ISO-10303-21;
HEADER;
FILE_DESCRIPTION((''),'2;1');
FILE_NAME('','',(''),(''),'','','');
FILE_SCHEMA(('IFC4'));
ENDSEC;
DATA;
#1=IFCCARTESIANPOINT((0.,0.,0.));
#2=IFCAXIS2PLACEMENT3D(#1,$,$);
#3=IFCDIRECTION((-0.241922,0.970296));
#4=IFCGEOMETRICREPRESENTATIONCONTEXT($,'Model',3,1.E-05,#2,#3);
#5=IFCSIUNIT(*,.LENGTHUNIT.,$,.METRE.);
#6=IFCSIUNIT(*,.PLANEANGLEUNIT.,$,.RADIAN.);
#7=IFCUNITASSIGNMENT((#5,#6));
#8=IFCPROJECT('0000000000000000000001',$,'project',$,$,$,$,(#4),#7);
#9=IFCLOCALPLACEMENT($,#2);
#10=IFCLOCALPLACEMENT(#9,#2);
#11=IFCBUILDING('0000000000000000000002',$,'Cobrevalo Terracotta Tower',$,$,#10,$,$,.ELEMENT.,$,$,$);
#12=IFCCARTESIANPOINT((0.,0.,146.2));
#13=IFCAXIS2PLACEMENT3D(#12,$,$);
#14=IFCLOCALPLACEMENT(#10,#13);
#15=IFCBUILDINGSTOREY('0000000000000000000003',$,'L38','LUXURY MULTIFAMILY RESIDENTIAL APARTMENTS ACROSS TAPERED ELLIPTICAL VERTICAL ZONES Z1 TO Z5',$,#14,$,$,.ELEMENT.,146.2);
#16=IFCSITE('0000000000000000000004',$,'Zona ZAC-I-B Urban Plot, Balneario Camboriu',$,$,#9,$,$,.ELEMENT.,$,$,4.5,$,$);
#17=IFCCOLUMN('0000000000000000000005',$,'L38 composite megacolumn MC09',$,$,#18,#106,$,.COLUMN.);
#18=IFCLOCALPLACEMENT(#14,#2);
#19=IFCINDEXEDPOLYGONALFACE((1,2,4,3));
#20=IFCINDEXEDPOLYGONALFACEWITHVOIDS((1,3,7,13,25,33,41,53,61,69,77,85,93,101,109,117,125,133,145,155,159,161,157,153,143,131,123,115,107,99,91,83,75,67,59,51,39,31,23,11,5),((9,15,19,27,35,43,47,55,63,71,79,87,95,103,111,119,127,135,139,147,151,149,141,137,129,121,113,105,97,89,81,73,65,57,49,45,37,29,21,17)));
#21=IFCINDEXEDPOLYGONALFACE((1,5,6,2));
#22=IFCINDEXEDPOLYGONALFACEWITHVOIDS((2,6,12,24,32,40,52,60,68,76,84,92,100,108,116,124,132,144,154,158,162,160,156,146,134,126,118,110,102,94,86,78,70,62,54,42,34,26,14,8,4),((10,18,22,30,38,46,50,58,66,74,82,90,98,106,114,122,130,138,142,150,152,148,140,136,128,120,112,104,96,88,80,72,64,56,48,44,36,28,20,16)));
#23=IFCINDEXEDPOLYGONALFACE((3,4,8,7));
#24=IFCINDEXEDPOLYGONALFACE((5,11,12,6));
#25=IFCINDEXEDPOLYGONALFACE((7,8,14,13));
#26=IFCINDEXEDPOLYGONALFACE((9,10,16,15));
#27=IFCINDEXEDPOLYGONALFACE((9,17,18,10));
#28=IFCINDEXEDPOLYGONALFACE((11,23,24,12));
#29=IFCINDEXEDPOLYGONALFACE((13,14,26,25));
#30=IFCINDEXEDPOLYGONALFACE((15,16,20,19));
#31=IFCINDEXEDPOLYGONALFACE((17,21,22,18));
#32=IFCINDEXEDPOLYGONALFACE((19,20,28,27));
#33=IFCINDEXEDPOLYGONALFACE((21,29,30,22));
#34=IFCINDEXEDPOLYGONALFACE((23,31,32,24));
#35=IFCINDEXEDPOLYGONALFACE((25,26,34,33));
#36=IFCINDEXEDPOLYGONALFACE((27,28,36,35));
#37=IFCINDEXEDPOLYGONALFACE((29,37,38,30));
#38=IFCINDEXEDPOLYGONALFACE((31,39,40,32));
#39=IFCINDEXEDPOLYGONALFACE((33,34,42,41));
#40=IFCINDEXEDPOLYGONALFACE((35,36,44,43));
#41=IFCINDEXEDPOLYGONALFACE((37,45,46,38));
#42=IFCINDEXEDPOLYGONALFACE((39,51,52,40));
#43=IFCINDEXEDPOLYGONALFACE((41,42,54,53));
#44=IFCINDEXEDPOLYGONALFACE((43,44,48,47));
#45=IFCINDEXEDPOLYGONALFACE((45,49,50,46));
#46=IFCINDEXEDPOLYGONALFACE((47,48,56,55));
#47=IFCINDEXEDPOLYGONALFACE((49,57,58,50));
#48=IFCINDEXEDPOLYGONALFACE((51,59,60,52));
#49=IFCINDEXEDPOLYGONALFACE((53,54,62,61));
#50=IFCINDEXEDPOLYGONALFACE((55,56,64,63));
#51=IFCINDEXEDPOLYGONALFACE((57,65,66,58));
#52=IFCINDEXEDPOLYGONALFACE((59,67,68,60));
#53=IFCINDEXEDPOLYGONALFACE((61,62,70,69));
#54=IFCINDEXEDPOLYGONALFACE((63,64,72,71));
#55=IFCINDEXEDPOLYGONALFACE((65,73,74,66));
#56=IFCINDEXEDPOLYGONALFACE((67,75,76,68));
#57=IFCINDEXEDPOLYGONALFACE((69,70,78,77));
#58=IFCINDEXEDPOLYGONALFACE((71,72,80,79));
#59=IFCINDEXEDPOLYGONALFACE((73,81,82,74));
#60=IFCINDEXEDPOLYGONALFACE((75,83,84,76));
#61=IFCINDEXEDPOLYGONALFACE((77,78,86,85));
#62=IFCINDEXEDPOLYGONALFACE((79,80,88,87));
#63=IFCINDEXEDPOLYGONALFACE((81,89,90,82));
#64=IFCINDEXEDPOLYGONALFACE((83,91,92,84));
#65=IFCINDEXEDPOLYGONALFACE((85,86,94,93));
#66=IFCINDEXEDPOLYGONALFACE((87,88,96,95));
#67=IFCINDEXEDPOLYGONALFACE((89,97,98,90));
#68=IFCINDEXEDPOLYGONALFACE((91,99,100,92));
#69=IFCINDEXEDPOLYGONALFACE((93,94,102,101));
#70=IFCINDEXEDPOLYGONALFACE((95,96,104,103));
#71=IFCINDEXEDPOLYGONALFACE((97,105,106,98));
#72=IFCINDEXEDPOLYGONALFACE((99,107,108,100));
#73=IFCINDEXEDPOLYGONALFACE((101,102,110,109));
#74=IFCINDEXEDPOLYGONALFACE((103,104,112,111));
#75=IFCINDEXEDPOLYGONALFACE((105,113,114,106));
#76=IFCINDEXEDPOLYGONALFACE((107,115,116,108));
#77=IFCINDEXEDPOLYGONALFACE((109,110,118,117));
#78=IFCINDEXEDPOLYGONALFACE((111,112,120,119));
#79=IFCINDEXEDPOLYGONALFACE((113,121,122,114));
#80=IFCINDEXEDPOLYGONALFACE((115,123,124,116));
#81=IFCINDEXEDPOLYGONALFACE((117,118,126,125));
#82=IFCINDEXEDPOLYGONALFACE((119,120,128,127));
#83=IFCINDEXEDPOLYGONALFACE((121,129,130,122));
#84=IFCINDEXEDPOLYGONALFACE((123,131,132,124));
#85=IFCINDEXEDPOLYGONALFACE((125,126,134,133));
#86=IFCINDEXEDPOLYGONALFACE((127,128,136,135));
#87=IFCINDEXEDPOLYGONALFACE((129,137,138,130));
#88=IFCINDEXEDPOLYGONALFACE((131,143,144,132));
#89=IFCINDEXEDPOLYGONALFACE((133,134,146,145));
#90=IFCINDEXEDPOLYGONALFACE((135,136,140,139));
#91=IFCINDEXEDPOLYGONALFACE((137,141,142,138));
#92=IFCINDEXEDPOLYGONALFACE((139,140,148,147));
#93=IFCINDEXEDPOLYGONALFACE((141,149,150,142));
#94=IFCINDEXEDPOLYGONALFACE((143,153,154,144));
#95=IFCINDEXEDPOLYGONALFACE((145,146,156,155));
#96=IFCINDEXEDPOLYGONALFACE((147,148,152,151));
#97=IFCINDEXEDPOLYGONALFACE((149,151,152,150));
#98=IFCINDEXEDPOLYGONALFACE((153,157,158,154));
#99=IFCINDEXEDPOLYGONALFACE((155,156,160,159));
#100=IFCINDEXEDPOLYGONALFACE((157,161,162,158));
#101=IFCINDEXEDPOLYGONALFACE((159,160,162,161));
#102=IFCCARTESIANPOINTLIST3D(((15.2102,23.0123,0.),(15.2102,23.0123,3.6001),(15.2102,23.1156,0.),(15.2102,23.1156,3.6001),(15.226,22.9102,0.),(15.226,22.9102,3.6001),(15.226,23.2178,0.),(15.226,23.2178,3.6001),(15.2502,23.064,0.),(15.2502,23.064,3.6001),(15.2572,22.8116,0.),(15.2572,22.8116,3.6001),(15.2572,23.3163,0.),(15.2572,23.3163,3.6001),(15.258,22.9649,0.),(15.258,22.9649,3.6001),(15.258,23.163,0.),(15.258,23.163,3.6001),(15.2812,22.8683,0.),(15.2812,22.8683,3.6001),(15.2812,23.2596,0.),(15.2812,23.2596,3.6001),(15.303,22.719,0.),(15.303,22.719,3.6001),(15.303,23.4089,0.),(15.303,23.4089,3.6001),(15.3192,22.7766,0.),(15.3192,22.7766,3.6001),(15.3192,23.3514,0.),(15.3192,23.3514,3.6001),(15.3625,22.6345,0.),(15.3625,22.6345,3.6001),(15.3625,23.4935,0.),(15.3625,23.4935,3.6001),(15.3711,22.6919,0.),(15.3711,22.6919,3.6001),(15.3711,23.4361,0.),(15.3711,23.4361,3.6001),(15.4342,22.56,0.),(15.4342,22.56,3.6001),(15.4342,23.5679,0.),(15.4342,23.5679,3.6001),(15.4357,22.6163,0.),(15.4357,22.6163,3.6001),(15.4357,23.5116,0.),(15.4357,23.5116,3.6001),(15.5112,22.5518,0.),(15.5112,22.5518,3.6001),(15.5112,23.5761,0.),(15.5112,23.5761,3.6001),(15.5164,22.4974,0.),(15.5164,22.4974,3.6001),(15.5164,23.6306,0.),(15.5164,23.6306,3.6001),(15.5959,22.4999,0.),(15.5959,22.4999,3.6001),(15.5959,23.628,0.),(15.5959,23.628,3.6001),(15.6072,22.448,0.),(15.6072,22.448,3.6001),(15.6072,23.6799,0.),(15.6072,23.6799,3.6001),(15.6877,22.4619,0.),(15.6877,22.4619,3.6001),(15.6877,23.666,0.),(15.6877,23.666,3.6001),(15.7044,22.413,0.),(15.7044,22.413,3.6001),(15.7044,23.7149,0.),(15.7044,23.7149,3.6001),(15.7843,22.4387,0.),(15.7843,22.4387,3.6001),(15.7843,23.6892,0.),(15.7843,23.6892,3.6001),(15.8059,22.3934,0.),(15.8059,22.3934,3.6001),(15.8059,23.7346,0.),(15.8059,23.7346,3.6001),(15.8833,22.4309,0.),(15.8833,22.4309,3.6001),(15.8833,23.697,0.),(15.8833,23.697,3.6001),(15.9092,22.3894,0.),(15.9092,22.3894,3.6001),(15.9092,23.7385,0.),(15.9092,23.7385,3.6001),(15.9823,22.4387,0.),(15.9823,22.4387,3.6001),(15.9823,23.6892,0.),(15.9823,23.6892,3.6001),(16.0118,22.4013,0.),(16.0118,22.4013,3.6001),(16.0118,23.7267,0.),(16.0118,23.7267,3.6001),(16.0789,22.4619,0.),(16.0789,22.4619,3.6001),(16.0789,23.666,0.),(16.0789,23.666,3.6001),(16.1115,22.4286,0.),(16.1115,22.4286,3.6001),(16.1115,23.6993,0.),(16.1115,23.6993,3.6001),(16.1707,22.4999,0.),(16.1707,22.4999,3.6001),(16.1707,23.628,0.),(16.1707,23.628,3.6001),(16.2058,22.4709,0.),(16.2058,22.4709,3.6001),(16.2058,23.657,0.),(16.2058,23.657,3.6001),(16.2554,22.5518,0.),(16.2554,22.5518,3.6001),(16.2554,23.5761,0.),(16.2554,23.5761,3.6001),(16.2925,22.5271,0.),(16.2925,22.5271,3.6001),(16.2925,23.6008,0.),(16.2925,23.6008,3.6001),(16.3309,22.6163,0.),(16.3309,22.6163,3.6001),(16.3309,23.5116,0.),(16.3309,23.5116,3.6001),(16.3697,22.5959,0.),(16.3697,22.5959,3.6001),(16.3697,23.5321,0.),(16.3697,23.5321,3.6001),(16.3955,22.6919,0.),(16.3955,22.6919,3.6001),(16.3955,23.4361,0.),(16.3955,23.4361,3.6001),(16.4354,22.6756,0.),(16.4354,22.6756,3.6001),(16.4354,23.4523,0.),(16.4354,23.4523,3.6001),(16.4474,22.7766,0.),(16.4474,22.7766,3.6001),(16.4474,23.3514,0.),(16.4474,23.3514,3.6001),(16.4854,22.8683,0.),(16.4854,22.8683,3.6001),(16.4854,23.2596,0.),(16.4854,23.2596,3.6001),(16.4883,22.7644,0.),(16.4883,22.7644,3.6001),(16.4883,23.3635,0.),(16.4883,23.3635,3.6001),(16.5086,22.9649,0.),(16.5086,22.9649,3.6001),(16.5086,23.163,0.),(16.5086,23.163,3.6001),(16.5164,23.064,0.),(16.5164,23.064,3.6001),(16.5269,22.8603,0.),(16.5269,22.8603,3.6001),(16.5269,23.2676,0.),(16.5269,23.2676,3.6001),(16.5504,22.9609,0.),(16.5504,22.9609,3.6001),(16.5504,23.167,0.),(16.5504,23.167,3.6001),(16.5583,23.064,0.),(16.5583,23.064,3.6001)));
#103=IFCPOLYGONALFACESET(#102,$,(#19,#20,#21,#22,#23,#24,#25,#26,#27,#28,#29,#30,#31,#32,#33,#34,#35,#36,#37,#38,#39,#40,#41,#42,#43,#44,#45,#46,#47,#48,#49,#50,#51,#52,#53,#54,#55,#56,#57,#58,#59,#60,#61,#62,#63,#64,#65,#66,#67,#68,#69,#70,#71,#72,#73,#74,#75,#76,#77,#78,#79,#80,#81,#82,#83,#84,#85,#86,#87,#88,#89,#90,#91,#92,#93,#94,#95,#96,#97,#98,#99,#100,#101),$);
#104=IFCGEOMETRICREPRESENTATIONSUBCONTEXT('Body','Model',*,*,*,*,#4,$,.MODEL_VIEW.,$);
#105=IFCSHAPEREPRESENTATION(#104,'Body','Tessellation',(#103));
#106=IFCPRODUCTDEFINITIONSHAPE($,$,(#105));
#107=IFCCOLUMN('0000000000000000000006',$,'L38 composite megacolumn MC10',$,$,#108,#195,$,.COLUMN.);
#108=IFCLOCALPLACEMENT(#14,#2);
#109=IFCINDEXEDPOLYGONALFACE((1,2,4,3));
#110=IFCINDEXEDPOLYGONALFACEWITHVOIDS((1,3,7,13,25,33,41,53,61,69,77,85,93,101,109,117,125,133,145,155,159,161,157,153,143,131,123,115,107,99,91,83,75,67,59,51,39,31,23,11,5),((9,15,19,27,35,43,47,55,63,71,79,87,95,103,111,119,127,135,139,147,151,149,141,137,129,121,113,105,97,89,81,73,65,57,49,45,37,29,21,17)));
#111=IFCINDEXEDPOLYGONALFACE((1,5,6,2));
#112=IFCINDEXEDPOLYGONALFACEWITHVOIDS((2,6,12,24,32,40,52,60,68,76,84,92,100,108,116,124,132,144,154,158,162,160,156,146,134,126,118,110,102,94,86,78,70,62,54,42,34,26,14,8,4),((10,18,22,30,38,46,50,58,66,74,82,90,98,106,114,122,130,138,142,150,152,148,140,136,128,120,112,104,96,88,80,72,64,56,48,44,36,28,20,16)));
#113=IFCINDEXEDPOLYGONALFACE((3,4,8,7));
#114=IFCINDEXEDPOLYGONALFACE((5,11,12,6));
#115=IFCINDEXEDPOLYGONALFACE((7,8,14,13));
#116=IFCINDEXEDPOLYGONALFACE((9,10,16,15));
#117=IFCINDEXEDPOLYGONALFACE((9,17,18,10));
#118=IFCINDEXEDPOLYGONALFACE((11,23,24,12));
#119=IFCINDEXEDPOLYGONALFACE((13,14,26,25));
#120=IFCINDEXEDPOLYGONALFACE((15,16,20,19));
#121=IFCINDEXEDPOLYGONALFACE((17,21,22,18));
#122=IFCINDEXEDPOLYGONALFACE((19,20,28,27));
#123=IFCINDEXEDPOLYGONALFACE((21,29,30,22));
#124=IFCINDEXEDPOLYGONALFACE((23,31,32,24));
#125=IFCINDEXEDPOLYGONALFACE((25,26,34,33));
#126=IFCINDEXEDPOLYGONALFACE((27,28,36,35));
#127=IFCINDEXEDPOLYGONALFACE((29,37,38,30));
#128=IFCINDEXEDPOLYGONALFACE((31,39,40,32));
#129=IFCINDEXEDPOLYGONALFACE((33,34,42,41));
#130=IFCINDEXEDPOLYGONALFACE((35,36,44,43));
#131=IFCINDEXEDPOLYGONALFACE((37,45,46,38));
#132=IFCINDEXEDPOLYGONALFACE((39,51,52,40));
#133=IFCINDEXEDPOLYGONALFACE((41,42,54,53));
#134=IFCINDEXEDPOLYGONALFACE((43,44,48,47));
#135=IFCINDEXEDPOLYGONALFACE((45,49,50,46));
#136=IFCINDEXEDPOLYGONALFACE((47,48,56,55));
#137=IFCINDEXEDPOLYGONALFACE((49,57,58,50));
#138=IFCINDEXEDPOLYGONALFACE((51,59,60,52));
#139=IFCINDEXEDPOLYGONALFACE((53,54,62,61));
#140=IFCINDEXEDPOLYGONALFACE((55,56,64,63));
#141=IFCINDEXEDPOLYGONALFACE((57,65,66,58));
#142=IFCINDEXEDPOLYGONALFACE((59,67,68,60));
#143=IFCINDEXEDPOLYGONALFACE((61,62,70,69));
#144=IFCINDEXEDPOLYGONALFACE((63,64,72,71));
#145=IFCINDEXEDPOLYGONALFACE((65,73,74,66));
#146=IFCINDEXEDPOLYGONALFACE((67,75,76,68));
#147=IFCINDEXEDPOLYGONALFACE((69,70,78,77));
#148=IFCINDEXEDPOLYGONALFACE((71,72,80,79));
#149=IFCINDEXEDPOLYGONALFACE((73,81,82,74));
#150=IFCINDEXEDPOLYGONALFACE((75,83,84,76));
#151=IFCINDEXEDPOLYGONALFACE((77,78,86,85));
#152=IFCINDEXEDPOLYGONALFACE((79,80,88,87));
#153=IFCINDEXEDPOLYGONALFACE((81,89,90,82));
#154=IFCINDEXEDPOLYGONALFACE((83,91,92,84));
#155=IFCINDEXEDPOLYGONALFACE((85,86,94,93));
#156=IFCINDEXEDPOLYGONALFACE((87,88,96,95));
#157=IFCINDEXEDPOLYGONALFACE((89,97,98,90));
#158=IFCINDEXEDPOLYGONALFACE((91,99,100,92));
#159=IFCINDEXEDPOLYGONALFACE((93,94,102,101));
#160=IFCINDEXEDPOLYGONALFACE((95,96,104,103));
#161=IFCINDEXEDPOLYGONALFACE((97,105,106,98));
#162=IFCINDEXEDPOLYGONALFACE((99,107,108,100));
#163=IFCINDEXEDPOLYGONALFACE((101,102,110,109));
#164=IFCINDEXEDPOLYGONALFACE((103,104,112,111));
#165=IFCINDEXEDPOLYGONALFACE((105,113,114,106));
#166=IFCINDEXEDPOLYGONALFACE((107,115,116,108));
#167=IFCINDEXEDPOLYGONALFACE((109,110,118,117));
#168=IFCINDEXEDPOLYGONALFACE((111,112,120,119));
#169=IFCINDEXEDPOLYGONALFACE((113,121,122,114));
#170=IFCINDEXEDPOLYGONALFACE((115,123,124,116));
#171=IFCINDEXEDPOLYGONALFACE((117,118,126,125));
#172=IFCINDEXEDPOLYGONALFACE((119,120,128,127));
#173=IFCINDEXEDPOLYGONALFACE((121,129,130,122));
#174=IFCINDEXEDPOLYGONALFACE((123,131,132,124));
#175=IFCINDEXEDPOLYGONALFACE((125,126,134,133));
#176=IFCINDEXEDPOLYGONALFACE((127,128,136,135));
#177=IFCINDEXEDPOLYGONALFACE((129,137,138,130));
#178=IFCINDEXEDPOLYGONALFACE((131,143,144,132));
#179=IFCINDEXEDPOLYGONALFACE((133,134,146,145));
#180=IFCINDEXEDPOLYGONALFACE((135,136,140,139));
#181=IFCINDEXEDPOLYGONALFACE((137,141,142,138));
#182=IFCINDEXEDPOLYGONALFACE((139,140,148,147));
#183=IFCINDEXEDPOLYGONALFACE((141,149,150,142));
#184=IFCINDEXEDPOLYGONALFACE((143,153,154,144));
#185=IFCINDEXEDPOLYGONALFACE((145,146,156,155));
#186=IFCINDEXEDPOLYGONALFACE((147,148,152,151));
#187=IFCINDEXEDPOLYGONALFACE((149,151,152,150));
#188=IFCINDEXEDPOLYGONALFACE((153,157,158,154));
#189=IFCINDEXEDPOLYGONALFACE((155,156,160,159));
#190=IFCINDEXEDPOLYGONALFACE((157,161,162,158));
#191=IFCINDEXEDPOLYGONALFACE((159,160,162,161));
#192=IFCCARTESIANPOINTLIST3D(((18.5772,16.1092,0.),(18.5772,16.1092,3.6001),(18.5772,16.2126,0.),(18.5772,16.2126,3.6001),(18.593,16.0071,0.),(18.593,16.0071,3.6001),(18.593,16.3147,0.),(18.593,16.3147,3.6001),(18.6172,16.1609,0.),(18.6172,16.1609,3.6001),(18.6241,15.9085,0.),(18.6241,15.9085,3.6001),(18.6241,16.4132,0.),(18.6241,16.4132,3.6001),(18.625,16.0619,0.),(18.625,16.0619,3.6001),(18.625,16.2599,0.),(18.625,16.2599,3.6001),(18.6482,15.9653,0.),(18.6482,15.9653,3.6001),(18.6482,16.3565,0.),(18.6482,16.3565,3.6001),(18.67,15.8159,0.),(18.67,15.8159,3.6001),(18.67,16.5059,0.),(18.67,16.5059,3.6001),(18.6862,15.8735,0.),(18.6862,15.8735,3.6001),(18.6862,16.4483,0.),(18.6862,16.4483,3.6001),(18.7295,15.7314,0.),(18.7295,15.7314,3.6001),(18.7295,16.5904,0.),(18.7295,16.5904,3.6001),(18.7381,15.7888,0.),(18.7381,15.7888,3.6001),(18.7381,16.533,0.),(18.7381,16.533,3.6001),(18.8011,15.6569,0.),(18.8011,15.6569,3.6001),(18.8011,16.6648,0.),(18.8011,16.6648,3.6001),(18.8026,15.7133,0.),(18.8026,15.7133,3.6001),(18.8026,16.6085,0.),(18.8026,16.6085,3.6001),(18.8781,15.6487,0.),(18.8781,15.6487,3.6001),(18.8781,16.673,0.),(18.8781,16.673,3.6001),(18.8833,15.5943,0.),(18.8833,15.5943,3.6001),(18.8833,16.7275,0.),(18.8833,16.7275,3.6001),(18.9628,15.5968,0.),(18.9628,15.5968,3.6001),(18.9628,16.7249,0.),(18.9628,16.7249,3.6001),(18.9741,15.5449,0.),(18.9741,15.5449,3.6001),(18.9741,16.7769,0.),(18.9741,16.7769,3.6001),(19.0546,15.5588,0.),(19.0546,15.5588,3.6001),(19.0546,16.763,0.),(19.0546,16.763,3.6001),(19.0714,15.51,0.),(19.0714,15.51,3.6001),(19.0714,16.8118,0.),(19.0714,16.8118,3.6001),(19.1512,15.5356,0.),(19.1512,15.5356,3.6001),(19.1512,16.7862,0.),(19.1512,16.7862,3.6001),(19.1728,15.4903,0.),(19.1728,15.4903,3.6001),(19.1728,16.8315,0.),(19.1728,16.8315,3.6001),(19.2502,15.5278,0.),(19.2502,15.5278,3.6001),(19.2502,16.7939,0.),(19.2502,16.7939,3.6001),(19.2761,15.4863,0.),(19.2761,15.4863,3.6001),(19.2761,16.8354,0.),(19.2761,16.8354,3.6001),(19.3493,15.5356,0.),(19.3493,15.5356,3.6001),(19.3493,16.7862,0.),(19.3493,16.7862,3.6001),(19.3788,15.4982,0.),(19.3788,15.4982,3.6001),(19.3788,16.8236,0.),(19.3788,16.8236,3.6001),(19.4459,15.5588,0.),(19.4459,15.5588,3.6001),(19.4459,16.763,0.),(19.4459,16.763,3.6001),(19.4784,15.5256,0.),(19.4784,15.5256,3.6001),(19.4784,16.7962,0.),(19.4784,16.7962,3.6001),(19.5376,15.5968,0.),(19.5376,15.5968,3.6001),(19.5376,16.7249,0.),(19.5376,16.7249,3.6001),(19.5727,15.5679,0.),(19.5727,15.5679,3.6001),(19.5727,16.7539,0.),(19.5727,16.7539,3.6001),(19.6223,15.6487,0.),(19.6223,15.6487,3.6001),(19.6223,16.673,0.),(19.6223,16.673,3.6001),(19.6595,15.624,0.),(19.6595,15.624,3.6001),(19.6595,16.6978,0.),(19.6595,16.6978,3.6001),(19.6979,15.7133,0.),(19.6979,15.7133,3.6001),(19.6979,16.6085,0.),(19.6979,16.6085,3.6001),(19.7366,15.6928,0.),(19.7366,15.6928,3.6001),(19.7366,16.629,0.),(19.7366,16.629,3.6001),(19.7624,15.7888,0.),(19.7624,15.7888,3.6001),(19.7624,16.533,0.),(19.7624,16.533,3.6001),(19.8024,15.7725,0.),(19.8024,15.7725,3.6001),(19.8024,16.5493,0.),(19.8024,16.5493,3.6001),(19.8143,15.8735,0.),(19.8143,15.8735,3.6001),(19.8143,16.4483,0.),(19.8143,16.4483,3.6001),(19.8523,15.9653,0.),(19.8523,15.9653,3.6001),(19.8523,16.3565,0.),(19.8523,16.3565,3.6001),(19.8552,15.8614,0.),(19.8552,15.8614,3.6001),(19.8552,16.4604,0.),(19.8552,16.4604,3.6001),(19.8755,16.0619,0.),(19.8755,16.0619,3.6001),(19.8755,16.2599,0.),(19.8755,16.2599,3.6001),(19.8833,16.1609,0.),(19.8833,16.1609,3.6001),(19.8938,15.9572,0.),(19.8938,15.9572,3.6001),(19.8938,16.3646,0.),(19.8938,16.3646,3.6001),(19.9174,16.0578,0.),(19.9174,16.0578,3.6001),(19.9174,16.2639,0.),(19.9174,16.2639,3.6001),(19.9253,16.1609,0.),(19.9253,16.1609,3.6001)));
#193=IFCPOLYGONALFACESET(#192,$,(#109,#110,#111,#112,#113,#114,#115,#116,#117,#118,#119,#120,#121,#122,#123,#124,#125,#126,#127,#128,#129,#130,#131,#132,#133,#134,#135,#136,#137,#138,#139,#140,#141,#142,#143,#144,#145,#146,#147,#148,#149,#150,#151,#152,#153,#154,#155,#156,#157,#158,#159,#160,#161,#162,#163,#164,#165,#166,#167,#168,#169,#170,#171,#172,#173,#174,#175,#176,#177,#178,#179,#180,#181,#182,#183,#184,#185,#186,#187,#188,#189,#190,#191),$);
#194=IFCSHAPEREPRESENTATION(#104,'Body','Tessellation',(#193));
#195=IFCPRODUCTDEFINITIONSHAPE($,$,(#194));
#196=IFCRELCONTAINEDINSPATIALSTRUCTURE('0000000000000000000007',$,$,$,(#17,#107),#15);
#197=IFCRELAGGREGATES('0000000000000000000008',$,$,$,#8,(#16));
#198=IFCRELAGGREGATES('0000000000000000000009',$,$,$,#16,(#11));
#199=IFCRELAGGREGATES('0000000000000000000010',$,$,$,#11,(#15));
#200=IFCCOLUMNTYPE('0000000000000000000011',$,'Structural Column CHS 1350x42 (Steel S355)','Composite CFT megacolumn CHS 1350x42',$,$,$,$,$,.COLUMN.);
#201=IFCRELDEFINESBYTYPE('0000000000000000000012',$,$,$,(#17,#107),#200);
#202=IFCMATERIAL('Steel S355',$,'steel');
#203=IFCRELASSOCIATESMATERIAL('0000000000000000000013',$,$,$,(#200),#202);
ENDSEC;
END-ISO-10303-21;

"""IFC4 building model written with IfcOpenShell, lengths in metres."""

from ifc_helpers import new_model, si_unit, direction, frame, origin, origin_2d, place, context, subcontext, project, spatial, hollow_circle, extrude, material, material_profile, profile_set, type_object, element, save


model = new_model("IFC4")

# Units and contexts
model_context = context("Model", 3, precision=1e-05, world=origin(), true_north=direction((-0.241922, 0.970296)))
body_context = subcontext(model_context, "Body", "Model", "MODEL_VIEW")
ifc_project = project(units=[si_unit("LENGTHUNIT", "METRE"), si_unit("PLANEANGLEUNIT", "RADIAN")], contexts=[model_context])

# Site, building, storey
site_placement = place(None, origin())
site = spatial("IfcSite", under=ifc_project, at=site_placement, Name="Zona ZAC-I-B Urban Plot, Balneario Camboriu", CompositionType="ELEMENT", RefElevation=4.5)
building_placement = place(site_placement, origin())
building = spatial("IfcBuilding", under=site, at=building_placement, Name="Cobrevalo Terracotta Tower", CompositionType="ELEMENT")
storey_placement = place(building_placement, frame((0.0, 0.0, 146.2)))
storey = spatial("IfcBuildingStorey", under=building, at=storey_placement, Name="L38", Description="LUXURY MULTIFAMILY RESIDENTIAL APARTMENTS ACROSS TAPERED ELLIPTICAL VERTICAL ZONES Z1 TO Z5", CompositionType="ELEMENT", Elevation=146.2)

# Columns
ifc_material_1 = material(Name="Steel S355", Category="steel")
ifc_material_profile_1 = material_profile(ifc_material_1, hollow_circle(Radius=0.675, WallThickness=0.042, at=origin_2d()), Name="CHS 1350x42")
ifc_profile_set_1 = profile_set([ifc_material_profile_1], Name="Steel S355")
column_type = type_object("IfcColumnType", Name="Structural Column CHS 1350x42 (Steel S355)", Description="Composite CFT megacolumn CHS 1350x42", PredefinedType="COLUMN", material=ifc_profile_set_1)
for number, where, z_axis, x_axis, name in (
    (1, (15.8833, 23.064, 0.0), (0.0, 0.0, 1.0), (1.0, 0.0, 0.0), "L38 composite megacolumn MC09"),
    (2, (19.2502, 16.1609, 0.0), (0.0, 0.0, 1.0), (1.0, 0.0, 0.0), "L38 composite megacolumn MC10"),
):
    element("IfcColumn", number, at=place(storey_placement, frame(where, z_axis=z_axis, x_axis=x_axis)), inside=storey, type_object=column_type, Name=name, PredefinedType="COLUMN", context=body_context, shape_type="SweptSolid", body=[
        extrude(hollow_circle(Radius=0.675, WallThickness=0.042, at=origin_2d()), origin(), (0.0, 0.0, 1.0), 3.6001),
    ])

save(model, "model.ifc")
